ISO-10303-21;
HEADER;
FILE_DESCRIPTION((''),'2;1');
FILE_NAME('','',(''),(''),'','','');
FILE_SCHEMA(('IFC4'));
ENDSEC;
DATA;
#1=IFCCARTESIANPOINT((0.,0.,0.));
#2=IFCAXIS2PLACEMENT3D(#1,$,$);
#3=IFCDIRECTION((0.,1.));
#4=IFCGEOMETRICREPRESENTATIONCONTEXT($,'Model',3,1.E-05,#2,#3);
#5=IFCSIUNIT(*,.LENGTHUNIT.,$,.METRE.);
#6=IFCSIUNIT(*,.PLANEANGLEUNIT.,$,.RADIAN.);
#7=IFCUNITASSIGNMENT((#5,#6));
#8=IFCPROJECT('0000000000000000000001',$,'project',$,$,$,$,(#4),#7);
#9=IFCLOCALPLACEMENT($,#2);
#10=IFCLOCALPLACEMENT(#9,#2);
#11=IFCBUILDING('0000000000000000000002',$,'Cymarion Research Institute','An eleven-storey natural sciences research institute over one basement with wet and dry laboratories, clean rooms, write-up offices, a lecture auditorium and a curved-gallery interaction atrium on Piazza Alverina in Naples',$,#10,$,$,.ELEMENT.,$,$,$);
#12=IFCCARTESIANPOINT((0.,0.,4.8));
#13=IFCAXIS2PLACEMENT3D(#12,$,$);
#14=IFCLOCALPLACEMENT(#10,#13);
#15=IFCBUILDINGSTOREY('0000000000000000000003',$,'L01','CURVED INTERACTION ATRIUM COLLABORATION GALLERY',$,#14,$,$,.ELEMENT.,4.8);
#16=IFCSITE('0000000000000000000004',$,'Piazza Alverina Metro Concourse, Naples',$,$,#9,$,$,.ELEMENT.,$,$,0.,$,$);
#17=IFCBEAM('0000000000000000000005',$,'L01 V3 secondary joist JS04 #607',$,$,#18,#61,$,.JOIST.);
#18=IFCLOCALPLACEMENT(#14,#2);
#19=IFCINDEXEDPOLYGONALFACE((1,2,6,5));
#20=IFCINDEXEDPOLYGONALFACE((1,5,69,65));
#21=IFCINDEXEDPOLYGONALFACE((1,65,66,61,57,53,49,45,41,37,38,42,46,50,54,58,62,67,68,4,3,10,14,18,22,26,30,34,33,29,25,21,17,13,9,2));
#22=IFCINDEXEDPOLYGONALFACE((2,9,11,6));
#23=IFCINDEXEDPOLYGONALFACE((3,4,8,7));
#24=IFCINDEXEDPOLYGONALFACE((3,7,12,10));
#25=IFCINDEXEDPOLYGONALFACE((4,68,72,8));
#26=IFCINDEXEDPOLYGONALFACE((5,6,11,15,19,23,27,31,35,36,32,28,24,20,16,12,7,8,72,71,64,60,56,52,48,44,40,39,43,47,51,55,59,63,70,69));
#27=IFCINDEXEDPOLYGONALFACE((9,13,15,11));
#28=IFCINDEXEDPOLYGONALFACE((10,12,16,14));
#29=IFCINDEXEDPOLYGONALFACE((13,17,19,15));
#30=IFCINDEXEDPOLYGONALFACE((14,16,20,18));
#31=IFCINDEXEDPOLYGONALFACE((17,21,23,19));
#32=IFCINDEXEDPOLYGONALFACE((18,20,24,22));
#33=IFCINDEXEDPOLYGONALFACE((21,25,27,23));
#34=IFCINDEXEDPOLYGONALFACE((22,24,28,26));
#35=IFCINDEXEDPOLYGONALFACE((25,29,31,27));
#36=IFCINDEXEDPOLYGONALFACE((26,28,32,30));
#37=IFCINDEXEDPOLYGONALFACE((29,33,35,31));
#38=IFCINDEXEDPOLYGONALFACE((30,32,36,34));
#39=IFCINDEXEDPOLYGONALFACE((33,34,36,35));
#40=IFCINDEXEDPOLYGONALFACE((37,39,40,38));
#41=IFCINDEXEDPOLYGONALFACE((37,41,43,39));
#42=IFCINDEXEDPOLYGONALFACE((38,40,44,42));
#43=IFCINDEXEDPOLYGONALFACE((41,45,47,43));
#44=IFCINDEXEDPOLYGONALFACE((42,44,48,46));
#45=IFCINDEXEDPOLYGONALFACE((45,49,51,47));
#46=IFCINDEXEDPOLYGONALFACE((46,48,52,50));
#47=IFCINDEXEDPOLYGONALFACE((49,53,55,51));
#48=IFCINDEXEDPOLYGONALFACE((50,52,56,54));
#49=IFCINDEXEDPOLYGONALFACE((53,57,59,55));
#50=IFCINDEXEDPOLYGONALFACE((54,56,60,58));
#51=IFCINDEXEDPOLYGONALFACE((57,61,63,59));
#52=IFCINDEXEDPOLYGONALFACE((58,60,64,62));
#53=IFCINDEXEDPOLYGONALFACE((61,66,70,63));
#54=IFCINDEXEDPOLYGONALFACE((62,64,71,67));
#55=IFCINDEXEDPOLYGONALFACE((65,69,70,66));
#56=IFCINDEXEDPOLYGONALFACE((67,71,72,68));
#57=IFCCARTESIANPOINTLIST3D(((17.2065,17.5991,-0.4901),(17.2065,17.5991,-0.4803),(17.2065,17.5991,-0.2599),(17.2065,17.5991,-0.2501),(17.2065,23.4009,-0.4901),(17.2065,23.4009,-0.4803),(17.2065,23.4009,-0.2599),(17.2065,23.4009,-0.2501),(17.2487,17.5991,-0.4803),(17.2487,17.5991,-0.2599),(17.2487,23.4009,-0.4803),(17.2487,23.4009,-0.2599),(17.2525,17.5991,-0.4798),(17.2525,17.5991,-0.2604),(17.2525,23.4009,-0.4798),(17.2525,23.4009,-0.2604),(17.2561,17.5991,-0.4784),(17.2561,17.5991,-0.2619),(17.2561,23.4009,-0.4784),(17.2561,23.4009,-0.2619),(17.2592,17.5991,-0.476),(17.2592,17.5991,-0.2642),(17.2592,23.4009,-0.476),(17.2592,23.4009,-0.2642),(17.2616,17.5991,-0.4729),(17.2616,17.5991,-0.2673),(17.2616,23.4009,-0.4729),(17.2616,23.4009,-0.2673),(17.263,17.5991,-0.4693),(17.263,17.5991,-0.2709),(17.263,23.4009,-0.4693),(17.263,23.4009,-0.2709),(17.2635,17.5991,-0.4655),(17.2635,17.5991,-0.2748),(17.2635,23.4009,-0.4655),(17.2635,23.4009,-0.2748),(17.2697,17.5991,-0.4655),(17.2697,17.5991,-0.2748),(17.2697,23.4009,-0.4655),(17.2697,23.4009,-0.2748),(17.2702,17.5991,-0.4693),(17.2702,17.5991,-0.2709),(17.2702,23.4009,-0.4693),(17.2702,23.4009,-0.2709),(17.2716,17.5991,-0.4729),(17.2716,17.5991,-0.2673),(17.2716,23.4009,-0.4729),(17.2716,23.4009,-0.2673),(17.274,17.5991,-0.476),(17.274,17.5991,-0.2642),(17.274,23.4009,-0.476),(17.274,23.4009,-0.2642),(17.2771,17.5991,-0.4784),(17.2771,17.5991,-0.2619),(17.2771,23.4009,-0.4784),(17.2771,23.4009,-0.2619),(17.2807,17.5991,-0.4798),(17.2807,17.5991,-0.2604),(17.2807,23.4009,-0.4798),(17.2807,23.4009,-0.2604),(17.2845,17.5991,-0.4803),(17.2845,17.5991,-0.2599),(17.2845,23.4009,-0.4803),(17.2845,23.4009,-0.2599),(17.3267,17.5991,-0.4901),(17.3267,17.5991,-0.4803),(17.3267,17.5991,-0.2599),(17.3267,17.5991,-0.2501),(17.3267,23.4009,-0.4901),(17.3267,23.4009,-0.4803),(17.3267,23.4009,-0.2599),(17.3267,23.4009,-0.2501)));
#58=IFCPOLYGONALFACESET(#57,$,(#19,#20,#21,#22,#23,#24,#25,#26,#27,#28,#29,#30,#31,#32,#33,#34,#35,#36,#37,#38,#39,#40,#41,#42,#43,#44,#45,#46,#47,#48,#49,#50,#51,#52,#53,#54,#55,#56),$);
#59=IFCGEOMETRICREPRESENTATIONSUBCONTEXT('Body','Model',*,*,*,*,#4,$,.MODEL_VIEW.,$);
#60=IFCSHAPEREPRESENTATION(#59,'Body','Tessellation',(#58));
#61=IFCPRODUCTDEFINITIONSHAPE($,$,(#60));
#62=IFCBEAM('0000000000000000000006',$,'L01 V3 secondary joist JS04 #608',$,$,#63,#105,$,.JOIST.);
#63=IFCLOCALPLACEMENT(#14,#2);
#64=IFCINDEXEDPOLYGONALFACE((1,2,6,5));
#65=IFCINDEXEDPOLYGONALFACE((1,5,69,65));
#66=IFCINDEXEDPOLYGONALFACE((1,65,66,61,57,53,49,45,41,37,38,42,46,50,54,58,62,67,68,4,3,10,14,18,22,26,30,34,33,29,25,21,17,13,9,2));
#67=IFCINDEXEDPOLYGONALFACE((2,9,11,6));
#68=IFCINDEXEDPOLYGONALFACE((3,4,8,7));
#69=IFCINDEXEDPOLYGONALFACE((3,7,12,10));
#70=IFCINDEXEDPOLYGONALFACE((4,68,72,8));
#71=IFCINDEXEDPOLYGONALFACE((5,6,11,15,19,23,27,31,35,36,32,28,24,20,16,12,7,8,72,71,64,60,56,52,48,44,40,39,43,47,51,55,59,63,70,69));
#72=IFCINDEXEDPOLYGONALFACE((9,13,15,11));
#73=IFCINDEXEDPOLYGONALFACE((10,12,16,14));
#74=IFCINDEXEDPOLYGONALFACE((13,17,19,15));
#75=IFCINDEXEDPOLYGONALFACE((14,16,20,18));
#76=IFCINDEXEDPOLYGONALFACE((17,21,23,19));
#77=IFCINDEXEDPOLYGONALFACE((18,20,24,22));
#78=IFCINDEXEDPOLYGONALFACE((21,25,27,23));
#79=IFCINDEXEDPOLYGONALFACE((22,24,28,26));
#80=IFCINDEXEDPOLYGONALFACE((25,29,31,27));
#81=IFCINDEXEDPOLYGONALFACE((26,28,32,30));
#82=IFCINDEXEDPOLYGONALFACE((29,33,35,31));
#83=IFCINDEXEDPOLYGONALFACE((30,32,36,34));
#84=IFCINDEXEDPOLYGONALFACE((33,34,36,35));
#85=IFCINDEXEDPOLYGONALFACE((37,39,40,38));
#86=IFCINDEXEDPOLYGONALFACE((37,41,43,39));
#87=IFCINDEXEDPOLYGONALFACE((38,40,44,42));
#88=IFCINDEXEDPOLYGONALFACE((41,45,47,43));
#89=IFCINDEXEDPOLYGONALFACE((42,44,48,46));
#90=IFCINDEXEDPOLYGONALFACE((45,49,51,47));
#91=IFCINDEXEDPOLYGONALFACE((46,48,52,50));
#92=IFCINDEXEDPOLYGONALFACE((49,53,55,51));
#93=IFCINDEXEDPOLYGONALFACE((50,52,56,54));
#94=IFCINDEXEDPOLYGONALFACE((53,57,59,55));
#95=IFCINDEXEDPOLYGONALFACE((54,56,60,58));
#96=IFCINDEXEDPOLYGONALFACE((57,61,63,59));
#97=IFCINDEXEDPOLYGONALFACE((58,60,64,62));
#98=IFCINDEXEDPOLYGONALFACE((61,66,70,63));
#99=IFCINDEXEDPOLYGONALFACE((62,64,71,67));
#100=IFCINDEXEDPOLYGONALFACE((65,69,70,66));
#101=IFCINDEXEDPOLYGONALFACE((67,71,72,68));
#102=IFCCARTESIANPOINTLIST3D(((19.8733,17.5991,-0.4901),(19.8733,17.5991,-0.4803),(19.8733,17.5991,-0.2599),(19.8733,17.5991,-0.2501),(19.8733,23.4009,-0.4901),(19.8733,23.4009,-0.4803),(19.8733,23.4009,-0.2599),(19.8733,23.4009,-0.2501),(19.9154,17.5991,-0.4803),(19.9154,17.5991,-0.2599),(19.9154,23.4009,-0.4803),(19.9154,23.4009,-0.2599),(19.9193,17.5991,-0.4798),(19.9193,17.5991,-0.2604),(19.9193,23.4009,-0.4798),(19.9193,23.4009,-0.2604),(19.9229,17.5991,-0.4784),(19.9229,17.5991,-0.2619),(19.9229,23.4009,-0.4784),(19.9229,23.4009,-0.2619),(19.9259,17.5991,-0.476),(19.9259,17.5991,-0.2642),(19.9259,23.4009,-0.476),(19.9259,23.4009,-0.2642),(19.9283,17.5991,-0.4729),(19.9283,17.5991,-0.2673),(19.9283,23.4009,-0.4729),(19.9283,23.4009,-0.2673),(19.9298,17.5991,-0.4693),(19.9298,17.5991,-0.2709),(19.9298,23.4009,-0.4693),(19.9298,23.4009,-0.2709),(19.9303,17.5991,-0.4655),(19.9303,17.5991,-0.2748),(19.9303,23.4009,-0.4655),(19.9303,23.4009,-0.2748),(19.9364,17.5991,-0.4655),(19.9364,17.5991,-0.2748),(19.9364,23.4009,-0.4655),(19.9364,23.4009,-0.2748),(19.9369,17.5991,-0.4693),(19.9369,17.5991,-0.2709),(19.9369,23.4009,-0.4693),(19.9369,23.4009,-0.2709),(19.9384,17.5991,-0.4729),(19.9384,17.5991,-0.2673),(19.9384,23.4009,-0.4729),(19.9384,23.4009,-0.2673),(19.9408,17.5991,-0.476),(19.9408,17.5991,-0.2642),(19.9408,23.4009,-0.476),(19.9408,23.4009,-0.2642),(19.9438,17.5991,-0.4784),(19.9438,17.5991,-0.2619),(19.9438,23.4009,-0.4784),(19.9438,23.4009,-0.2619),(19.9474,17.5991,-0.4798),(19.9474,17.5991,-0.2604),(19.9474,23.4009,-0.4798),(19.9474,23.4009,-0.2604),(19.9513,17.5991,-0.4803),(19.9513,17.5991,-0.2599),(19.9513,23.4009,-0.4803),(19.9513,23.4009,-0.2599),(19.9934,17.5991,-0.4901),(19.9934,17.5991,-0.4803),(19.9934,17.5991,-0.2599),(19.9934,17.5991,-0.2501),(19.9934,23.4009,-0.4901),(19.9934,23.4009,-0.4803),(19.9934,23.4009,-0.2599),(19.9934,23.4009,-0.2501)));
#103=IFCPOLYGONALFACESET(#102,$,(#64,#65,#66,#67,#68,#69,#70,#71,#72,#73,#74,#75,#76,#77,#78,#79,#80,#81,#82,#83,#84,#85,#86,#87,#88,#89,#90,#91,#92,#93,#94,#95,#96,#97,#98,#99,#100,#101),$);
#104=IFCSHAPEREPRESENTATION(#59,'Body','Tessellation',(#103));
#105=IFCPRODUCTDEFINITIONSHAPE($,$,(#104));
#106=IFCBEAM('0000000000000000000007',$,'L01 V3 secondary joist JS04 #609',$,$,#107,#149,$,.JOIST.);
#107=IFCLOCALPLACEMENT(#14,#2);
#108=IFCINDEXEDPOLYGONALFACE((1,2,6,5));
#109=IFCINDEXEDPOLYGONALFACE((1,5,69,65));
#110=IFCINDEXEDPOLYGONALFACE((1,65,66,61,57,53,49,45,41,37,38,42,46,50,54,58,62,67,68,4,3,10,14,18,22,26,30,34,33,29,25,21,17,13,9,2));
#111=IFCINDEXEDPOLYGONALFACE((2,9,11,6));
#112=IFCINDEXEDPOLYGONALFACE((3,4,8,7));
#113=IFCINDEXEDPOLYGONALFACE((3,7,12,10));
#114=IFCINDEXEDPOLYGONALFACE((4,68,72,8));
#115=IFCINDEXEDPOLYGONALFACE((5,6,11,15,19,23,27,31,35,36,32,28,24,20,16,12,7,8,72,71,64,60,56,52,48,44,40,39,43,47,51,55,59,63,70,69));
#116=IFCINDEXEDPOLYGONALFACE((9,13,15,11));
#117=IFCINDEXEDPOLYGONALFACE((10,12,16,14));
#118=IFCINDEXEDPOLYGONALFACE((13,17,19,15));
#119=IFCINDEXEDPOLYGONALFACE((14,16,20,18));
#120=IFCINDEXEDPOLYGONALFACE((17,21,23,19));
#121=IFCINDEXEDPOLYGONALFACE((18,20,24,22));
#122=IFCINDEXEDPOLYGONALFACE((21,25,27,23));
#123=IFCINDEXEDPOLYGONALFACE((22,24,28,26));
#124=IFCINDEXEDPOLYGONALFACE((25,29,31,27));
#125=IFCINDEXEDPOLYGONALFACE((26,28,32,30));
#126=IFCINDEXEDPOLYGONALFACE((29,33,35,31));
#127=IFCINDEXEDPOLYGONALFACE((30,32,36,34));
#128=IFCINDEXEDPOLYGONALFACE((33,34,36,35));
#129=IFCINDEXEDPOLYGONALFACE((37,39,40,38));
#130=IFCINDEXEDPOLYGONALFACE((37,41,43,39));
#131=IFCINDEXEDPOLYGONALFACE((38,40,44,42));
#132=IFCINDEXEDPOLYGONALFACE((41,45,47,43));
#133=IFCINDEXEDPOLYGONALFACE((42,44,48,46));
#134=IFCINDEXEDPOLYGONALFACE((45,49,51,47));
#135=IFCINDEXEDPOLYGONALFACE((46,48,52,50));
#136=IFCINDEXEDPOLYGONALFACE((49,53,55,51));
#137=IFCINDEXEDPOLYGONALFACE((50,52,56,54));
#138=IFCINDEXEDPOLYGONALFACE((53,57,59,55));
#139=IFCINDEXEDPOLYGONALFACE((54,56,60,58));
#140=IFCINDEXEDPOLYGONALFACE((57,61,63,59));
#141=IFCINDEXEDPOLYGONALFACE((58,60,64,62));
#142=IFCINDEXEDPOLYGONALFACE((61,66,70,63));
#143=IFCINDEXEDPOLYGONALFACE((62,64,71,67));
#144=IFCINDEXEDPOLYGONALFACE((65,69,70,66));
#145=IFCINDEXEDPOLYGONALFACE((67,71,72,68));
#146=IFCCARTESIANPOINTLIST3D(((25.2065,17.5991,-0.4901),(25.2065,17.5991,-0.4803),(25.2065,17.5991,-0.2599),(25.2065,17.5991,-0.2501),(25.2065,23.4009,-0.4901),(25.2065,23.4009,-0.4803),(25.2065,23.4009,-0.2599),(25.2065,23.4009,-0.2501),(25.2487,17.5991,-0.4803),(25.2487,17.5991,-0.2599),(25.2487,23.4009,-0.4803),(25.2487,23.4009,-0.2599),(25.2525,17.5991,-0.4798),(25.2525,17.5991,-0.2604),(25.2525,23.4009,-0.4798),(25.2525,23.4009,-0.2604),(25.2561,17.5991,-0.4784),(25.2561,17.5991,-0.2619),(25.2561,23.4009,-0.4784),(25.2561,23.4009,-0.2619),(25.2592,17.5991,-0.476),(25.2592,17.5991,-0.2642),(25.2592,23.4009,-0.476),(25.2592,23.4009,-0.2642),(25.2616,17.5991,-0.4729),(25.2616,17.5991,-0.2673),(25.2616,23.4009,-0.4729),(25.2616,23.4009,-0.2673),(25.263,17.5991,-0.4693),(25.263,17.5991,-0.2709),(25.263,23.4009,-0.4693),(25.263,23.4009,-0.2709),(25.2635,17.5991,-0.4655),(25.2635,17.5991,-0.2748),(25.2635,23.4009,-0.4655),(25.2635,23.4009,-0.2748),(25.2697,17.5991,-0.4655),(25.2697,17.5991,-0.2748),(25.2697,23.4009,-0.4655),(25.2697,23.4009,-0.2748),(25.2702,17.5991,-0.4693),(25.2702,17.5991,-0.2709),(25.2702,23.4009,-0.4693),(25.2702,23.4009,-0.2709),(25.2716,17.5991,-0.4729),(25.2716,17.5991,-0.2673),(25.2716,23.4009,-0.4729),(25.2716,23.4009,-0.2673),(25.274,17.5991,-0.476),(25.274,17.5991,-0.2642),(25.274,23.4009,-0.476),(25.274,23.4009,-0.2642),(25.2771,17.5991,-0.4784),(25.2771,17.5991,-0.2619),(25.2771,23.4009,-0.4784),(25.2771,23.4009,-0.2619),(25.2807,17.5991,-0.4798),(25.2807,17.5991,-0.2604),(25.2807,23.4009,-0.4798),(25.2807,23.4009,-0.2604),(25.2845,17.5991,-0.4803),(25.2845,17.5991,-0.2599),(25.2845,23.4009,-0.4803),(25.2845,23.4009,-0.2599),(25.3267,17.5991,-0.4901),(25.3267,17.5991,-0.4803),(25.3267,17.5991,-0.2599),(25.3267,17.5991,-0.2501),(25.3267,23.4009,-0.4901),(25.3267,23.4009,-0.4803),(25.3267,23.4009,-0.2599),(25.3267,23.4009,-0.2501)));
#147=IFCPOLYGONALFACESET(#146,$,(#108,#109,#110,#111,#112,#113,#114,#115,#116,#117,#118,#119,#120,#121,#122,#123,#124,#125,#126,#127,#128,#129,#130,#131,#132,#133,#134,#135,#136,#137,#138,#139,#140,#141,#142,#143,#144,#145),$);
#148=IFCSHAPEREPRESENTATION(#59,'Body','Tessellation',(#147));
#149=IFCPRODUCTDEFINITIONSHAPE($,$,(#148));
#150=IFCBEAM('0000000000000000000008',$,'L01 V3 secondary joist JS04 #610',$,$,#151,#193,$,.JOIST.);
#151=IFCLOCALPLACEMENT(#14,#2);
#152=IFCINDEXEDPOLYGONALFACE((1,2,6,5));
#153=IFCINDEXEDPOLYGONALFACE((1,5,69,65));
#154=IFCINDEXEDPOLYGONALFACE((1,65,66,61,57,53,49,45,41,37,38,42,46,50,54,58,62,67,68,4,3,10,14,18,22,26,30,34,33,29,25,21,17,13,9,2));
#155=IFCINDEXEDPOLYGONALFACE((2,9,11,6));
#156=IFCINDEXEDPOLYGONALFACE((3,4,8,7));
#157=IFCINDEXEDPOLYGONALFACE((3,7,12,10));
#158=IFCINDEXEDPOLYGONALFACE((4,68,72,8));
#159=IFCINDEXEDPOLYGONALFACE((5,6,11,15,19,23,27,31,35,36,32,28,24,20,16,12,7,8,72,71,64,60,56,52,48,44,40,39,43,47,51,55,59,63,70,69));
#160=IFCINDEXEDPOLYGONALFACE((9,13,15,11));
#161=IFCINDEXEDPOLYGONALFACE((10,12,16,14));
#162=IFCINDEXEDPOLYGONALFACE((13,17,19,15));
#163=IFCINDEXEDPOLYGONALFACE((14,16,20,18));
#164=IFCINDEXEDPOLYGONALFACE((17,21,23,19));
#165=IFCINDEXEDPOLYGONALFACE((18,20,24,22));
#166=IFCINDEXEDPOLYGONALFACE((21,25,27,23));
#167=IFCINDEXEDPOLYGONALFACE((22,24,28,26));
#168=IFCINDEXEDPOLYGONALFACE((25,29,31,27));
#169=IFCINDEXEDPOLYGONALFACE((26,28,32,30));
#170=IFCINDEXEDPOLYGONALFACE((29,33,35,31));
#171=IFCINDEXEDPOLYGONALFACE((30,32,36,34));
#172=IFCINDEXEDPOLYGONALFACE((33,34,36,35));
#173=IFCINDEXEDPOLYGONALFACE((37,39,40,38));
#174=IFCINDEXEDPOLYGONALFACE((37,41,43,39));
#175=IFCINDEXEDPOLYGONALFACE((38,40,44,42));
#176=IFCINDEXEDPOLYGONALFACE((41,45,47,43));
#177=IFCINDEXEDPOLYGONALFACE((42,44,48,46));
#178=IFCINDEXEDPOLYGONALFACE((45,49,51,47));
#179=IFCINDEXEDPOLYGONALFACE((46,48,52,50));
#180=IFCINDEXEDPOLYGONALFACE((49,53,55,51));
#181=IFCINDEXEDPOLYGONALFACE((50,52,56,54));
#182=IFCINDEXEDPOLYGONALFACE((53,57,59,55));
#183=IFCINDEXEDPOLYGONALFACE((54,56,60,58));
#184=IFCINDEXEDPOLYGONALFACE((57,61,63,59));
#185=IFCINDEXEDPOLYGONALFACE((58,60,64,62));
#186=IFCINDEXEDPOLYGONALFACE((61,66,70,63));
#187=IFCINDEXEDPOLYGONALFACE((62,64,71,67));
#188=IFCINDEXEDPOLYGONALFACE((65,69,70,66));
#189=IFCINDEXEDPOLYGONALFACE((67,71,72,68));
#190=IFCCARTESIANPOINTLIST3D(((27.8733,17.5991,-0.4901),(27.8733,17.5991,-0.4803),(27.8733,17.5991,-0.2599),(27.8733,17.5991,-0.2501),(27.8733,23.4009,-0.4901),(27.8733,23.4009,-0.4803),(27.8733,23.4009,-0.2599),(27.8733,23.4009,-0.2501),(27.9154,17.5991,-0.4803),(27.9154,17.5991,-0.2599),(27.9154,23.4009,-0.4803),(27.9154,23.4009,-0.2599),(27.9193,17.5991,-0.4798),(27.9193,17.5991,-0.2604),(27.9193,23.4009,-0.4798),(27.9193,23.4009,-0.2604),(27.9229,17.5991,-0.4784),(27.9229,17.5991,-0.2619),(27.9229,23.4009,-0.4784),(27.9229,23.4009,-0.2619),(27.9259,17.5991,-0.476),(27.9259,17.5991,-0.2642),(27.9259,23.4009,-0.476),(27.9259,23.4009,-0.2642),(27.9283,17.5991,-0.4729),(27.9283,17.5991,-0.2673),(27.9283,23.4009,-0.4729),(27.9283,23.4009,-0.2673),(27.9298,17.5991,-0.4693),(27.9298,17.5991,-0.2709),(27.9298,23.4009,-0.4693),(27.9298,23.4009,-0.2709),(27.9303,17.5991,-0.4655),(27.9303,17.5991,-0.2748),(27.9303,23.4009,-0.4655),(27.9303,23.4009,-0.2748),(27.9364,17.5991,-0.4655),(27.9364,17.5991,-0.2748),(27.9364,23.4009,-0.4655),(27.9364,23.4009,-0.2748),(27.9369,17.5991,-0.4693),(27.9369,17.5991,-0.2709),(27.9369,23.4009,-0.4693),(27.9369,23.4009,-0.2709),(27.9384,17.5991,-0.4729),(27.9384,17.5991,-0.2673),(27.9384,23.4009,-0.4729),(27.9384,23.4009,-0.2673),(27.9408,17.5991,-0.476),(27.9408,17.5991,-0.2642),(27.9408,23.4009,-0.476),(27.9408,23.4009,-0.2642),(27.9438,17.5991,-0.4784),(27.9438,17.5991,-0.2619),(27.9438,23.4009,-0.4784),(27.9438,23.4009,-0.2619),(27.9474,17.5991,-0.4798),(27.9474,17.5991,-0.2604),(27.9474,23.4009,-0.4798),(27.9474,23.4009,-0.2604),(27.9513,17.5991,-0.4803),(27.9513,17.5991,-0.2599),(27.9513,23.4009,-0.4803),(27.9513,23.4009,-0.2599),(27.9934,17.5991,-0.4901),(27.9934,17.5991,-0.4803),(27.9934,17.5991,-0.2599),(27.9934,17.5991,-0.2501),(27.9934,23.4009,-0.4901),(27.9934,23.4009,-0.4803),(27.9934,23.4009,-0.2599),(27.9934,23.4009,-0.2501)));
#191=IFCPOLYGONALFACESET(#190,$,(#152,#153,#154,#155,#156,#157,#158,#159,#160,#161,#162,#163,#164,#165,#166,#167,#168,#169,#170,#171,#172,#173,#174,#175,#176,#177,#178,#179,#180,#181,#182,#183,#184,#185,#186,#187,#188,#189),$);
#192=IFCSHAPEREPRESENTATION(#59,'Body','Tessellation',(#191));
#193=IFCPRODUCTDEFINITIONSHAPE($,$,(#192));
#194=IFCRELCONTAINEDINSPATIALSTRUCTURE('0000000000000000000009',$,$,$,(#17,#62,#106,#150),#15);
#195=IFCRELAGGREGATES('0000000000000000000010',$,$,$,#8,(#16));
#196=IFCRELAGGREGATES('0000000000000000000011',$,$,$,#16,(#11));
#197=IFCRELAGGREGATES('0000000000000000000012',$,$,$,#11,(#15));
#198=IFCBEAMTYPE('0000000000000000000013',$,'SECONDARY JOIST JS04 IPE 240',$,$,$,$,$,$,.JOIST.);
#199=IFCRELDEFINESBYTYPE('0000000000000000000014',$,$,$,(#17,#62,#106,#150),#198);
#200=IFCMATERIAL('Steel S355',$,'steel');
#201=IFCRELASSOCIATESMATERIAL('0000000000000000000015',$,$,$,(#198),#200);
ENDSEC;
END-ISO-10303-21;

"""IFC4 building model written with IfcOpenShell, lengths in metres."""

from ifc_helpers import new_model, si_unit, direction, frame, origin, origin_2d, place, context, subcontext, project, spatial, i_section, extrude, material, material_profile, profile_set, type_object, element, save


model = new_model("IFC4")

# Units and contexts
model_context = context("Model", 3, precision=1e-05, world=origin(), true_north=direction((0.0, 1.0)))
body_context = subcontext(model_context, "Body", "Model", "MODEL_VIEW")
ifc_project = project(units=[si_unit("LENGTHUNIT", "METRE"), si_unit("PLANEANGLEUNIT", "RADIAN")], contexts=[model_context])

# Site, building, storey
site_placement = place(None, origin())
site = spatial("IfcSite", under=ifc_project, at=site_placement, Name="Piazza Alverina Metro Concourse, Naples", CompositionType="ELEMENT", RefElevation=0.0)
building_placement = place(site_placement, origin())
building = spatial("IfcBuilding", under=site, at=building_placement, Name="Cymarion Research Institute", Description="An eleven-storey natural sciences research institute over one basement with wet and dry laboratories, clean rooms, write-up offices, a lecture auditorium and a curved-gallery interaction atrium on Piazza Alverina in Naples", CompositionType="ELEMENT")
storey_placement = place(building_placement, frame((0.0, 0.0, 4.8)))
storey = spatial("IfcBuildingStorey", under=building, at=storey_placement, Name="L01", Description="CURVED INTERACTION ATRIUM COLLABORATION GALLERY", CompositionType="ELEMENT", Elevation=4.8)

# Shared definitions
ifc_material_1 = material(Name="Steel S355", Category="steel")

# Beams
ifc_material_profile_1 = material_profile(ifc_material_1, i_section(OverallWidth=0.1201, OverallDepth=0.24, WebThickness=0.0061, FlangeThickness=0.0098, FilletRadius=0.0149, at=origin_2d()), Name="IPE 240")
ifc_profile_set_1 = profile_set([ifc_material_profile_1], Name="Steel S355")
beam_type_1 = type_object("IfcBeamType", Name="SECONDARY JOIST JS04 IPE 240", PredefinedType="JOIST", material=ifc_profile_set_1)
for number, where, z_axis, x_axis, name in (
    (1, (17.2666, 17.5991, -0.3701), (0.0, 1.0, 0.0), (-1.0, 0.0, 0.0), "L01 V3 secondary joist JS04 #607"),
    (2, (19.9333, 17.5991, -0.3701), (0.0, 1.0, 0.0), (-1.0, 0.0, 0.0), "L01 V3 secondary joist JS04 #608"),
    (3, (25.2666, 17.5991, -0.3701), (0.0, 1.0, 0.0), (-1.0, 0.0, 0.0), "L01 V3 secondary joist JS04 #609"),
    (4, (27.9333, 17.5991, -0.3701), (0.0, 1.0, 0.0), (-1.0, 0.0, 0.0), "L01 V3 secondary joist JS04 #610"),
):
    element("IfcBeam", number, at=place(storey_placement, frame(where, z_axis=z_axis, x_axis=x_axis)), inside=storey, type_object=beam_type_1, Name=name, PredefinedType="JOIST", context=body_context, shape_type="SweptSolid", body=[
        extrude(i_section(OverallWidth=0.1201, OverallDepth=0.24, WebThickness=0.0061, FlangeThickness=0.0098, FilletRadius=0.0149, at=origin_2d()), origin(), (0.0, 0.0, 1.0), 5.8018),
    ])

save(model, "model.ifc")
